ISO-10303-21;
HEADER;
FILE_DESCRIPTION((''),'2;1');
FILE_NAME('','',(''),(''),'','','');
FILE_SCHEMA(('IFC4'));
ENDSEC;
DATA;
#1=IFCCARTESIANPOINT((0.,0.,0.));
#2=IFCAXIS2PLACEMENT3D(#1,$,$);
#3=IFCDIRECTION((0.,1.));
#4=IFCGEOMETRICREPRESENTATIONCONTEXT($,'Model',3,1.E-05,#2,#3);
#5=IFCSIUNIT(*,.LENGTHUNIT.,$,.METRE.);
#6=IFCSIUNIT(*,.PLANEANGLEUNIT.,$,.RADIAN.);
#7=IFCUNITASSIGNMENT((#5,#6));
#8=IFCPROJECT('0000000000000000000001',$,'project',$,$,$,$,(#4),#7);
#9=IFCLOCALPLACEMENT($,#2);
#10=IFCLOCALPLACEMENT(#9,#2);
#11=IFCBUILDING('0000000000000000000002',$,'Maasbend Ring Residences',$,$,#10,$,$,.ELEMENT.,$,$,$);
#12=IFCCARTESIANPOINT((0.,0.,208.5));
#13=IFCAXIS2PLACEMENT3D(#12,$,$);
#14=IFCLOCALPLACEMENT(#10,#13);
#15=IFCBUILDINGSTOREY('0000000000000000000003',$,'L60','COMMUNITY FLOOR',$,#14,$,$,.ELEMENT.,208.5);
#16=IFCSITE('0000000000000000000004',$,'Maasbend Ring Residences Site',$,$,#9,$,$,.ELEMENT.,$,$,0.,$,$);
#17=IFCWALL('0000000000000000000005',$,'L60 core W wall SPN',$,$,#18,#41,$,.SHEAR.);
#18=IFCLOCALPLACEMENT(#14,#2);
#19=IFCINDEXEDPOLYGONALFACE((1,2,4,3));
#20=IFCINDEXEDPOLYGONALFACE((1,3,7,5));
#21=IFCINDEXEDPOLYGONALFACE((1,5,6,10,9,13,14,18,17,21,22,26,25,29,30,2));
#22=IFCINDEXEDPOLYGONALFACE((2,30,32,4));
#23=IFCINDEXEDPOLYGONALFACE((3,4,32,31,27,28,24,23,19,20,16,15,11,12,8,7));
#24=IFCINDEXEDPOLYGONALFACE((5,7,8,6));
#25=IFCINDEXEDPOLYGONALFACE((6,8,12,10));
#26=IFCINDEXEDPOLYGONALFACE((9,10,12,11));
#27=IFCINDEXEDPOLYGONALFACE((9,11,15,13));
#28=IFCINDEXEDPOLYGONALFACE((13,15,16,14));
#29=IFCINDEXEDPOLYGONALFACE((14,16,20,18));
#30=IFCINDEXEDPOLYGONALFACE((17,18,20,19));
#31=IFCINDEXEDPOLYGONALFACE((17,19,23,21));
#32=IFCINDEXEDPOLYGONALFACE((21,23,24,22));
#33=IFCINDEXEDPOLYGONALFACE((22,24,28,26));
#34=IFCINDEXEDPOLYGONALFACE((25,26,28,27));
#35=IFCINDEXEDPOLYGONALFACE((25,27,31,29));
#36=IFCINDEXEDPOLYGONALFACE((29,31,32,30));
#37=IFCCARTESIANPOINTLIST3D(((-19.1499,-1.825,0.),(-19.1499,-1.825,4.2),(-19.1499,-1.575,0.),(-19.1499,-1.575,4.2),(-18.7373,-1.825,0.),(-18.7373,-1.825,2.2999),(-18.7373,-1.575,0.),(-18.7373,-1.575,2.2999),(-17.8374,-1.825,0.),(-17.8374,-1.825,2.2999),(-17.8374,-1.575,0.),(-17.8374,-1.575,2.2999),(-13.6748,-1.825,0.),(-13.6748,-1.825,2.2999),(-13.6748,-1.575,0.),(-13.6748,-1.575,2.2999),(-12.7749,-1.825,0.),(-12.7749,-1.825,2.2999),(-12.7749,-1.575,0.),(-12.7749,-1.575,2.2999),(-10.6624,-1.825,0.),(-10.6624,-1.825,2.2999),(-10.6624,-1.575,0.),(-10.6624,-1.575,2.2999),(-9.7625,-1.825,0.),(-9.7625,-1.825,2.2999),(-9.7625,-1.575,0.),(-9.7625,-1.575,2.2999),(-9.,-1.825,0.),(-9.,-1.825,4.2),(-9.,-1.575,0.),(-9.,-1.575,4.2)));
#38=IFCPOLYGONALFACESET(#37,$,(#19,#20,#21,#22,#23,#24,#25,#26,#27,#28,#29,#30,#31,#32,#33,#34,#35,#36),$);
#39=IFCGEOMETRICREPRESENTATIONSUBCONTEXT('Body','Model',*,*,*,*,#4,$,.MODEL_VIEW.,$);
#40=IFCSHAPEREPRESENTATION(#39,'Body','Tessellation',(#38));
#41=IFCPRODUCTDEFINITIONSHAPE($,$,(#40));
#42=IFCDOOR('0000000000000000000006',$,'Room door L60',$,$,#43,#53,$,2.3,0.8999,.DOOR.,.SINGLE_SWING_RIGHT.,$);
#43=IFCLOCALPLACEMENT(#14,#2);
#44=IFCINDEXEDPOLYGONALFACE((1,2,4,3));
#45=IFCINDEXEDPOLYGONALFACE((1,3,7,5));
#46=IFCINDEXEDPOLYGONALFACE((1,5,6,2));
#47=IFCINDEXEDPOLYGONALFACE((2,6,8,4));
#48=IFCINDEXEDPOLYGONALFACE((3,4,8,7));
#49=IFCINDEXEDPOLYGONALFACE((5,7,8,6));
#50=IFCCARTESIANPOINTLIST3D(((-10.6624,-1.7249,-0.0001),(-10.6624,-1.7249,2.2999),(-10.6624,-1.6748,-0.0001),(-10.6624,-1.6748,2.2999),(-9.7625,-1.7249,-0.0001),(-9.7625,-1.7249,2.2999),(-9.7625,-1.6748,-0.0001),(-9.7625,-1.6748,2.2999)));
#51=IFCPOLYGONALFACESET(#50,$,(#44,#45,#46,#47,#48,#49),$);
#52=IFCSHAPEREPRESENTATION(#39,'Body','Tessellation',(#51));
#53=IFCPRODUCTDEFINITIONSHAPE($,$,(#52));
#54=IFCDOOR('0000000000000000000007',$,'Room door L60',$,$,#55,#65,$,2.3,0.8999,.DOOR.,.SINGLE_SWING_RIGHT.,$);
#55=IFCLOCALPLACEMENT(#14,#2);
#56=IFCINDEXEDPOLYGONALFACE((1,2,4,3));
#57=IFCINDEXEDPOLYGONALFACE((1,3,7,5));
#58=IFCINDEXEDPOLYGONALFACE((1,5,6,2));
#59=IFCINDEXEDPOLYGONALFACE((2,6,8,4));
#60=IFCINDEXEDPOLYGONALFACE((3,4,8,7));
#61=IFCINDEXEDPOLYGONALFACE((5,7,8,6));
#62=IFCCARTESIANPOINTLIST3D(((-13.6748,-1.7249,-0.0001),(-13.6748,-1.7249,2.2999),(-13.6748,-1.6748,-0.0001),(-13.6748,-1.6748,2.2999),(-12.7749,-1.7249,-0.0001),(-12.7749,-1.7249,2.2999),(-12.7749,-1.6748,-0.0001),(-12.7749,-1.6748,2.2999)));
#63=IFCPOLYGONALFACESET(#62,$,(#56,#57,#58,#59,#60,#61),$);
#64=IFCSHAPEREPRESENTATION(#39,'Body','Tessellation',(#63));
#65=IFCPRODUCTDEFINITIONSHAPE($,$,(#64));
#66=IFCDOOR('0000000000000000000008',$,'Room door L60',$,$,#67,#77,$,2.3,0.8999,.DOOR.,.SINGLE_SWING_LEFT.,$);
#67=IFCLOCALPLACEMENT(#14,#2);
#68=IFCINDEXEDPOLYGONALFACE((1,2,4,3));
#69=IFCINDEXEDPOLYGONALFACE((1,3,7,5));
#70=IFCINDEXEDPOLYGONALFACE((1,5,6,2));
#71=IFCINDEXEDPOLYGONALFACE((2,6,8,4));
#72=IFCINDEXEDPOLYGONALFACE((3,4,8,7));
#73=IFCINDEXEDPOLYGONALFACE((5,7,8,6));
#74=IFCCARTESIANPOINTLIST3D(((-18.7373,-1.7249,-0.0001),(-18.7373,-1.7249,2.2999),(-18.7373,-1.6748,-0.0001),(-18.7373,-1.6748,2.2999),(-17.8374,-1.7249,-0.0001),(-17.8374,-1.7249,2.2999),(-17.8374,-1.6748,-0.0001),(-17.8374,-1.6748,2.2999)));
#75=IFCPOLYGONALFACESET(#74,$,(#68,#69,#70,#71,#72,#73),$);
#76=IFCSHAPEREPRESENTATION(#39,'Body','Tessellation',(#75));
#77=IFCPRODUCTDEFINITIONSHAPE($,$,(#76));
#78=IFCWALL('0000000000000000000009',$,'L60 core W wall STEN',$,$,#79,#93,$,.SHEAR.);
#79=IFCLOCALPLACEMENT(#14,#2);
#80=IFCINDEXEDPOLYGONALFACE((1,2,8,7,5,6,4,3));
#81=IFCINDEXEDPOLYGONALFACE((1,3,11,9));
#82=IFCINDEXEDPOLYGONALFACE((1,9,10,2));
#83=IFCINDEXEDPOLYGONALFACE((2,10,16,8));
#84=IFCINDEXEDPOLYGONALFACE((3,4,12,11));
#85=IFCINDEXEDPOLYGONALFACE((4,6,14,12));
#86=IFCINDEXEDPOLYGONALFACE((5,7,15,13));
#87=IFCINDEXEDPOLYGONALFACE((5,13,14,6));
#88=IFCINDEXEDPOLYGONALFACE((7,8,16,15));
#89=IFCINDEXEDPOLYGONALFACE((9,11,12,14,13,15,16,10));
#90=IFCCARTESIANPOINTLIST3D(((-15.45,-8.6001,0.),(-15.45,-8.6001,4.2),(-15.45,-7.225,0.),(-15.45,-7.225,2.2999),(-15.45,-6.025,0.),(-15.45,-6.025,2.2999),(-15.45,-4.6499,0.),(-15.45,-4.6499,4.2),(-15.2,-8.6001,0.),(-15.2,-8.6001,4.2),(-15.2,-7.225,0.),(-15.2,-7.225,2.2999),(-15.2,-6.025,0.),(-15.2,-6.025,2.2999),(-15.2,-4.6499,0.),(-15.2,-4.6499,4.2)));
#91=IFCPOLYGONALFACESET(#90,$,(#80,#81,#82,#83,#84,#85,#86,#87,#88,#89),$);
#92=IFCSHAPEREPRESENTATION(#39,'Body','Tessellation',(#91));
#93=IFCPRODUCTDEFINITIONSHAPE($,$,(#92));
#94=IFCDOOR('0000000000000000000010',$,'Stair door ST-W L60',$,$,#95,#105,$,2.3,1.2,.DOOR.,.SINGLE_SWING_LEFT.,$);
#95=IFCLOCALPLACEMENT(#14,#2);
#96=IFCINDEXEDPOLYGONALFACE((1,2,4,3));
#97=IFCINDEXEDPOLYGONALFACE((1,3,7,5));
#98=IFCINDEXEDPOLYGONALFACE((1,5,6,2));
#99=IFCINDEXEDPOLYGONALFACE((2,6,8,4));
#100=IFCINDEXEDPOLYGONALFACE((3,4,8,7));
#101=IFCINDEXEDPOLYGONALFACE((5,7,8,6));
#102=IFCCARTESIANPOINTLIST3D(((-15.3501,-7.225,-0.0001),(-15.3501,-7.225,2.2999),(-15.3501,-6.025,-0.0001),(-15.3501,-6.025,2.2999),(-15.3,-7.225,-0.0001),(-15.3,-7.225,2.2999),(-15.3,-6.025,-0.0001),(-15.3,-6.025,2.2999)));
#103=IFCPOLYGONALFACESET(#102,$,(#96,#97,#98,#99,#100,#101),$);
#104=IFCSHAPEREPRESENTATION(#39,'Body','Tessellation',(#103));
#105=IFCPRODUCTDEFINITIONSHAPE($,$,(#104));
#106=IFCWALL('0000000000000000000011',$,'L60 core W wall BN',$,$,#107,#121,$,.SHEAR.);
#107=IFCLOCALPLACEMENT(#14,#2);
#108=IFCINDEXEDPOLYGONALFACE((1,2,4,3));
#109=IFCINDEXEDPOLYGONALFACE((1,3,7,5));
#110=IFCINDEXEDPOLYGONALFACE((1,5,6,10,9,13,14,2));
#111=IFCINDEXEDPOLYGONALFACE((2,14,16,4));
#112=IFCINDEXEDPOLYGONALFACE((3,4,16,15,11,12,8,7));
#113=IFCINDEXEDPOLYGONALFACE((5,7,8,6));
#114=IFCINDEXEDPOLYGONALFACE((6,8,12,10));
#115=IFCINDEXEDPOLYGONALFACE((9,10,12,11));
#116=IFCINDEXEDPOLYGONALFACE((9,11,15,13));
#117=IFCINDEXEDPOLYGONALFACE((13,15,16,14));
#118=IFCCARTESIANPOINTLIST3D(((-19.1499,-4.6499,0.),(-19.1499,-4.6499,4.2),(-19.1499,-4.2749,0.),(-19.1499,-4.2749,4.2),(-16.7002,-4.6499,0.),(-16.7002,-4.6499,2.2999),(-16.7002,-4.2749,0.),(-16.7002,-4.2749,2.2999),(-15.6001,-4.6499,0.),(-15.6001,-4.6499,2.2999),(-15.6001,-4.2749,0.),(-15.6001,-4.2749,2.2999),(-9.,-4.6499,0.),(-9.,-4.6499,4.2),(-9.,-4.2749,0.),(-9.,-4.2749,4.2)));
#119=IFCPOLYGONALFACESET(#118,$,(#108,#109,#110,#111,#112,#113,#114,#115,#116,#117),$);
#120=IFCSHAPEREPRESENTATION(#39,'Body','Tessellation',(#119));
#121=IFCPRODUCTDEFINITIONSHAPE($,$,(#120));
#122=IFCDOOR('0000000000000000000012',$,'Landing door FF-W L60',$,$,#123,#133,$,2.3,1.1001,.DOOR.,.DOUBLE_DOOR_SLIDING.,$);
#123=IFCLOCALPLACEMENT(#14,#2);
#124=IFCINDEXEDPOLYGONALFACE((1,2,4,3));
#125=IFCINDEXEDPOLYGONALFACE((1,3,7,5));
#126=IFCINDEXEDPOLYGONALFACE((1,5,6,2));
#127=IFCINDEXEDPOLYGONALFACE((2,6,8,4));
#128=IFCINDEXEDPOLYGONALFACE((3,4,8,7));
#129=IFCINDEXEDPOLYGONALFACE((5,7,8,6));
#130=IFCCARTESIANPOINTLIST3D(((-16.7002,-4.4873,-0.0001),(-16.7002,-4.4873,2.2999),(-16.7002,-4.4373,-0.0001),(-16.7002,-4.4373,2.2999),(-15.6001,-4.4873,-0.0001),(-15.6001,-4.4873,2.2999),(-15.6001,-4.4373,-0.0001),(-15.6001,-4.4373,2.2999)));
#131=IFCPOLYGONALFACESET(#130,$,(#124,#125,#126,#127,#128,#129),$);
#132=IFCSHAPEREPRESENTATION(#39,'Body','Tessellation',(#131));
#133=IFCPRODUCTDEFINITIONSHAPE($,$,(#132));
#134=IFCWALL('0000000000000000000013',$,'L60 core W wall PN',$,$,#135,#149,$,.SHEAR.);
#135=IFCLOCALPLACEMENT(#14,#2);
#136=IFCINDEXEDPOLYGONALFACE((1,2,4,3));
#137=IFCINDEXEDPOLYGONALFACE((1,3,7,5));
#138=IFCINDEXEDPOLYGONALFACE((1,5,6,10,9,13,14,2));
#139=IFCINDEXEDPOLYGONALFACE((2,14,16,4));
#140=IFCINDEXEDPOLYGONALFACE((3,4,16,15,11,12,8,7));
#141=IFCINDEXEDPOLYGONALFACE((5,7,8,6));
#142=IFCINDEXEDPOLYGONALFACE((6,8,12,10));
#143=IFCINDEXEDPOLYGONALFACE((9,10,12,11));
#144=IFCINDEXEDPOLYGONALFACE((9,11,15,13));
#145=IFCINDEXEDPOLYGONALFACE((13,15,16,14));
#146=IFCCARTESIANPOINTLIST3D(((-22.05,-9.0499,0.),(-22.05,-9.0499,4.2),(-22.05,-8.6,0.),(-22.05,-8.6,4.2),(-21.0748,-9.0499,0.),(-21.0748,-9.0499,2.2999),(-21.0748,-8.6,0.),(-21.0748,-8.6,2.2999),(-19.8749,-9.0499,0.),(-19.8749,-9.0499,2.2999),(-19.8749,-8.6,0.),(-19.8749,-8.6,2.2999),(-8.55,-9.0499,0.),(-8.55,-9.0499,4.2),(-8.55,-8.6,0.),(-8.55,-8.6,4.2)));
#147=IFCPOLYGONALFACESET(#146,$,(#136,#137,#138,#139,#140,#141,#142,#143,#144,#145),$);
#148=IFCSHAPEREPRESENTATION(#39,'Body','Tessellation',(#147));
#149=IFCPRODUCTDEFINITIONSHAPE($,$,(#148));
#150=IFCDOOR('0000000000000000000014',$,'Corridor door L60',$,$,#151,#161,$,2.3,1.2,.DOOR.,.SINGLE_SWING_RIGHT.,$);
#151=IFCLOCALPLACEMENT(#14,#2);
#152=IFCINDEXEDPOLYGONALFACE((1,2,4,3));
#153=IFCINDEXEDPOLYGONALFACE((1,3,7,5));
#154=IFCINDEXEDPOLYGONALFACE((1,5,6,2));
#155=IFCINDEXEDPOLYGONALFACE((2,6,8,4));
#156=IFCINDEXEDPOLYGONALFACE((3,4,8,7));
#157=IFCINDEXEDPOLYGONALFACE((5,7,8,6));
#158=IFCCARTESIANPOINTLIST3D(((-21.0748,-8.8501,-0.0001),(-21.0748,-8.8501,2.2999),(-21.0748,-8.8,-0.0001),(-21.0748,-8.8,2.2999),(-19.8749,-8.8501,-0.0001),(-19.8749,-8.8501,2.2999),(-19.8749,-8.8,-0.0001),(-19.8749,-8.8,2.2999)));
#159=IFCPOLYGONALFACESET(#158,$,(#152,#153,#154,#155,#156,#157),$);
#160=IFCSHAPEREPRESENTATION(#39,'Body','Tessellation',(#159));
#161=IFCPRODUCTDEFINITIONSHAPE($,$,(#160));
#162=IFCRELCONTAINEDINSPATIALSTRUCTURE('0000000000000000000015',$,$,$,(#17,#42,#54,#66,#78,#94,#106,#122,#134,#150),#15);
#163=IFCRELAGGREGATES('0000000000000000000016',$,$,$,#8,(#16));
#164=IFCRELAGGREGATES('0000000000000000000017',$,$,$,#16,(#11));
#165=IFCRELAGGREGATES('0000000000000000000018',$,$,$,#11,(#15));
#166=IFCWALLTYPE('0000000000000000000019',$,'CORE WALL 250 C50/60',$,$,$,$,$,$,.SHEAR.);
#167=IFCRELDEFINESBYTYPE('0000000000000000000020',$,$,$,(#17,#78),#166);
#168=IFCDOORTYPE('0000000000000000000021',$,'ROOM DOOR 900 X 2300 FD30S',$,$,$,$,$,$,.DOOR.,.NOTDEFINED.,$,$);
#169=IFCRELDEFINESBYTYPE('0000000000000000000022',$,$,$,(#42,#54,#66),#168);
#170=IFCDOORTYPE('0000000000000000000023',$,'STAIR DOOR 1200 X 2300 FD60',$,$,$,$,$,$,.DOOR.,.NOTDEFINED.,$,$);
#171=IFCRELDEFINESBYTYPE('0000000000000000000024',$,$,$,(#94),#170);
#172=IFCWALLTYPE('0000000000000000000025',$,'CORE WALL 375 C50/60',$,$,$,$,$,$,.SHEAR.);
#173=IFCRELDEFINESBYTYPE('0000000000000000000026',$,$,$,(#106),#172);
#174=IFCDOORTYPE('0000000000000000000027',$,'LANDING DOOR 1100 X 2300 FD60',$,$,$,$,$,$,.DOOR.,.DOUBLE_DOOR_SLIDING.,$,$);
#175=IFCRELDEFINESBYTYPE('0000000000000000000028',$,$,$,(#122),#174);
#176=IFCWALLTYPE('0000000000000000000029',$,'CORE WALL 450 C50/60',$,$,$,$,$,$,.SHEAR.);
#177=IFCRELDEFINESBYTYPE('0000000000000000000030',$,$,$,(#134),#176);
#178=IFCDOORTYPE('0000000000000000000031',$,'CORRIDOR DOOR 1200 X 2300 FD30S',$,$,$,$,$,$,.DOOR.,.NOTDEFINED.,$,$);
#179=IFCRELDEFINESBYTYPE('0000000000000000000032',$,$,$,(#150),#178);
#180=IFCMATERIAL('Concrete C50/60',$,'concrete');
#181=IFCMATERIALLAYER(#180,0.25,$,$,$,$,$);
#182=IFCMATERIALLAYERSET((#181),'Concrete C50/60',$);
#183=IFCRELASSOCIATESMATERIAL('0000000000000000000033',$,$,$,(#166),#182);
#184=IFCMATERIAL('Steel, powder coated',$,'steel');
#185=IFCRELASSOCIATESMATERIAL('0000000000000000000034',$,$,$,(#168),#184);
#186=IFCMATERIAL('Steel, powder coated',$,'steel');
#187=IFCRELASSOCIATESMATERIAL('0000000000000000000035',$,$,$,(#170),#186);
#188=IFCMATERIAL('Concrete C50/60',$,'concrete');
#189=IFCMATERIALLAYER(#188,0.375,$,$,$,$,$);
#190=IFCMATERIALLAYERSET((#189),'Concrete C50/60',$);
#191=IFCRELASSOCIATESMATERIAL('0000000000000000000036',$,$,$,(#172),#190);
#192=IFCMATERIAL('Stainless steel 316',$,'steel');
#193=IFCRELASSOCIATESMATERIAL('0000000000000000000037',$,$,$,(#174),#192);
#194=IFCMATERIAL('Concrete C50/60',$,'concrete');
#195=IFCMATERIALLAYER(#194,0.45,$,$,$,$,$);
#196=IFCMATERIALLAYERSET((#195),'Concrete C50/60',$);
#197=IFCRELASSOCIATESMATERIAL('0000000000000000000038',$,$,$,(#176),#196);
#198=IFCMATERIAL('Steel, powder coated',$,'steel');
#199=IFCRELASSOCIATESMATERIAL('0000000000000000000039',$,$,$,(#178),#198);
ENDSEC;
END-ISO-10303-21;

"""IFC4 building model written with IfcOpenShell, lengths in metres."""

from ifc_helpers import new_model, si_unit, direction, frame, frame_2d, origin, place, context, subcontext, project, spatial, rectangle, extrude, material, layer, layer_set, type_object, element, fill, save


model = new_model("IFC4")

# Units and contexts
model_context = context("Model", 3, precision=1e-05, world=origin(), true_north=direction((0.0, 1.0)))
body_context = subcontext(model_context, "Body", "Model", "MODEL_VIEW")
ifc_project = project(units=[si_unit("LENGTHUNIT", "METRE"), si_unit("PLANEANGLEUNIT", "RADIAN")], contexts=[model_context])

# Site, building, storey
site_placement = place(None, origin())
site = spatial("IfcSite", under=ifc_project, at=site_placement, Name="Maasbend Ring Residences Site", CompositionType="ELEMENT", RefElevation=0.0)
building_placement = place(site_placement, origin())
building = spatial("IfcBuilding", under=site, at=building_placement, Name="Maasbend Ring Residences", CompositionType="ELEMENT")
storey_placement = place(building_placement, frame((0.0, 0.0, 208.5)))
storey = spatial("IfcBuildingStorey", under=building, at=storey_placement, Name="L60", Description="COMMUNITY FLOOR", CompositionType="ELEMENT", Elevation=208.5)

# Wall, openings, doors
ifc_material_1 = material(Name="Concrete C50/60", Category="concrete")
ifc_layer_1 = layer(ifc_material_1, 0.25)
ifc_layer_set_1 = layer_set([ifc_layer_1], Name="Concrete C50/60")
wall_type_1 = type_object("IfcWallType", Name="CORE WALL 250 C50/60", PredefinedType="SHEAR", material=ifc_layer_set_1)
wall_1_placement = place(storey_placement, frame((-9.0, -1.7, 0.0), z_axis=(0.0, 0.0, 1.0), x_axis=(-1.0, 0.0, 0.0)))
wall_1 = element("IfcWall", 1, at=wall_1_placement, inside=storey, type_object=wall_type_1, Name="L60 core W wall SPN", PredefinedType="SHEAR", context=body_context, shape_type="SweptSolid", body=[
    extrude(rectangle(XDim=10.1499, YDim=0.25, at=frame_2d((5.075, 0.0))), origin(), (0.0, 0.0, 1.0), 4.2),
])
opening_1_placement = place(wall_1_placement, frame((0.7625, 0.0, 0.0)))
opening_1 = element("IfcOpeningElement", 2, at=opening_1_placement, cuts=wall_1, PredefinedType="OPENING", context=body_context, shape_type="SweptSolid", body=[
    extrude(rectangle(XDim=0.8999, YDim=2.3, at=frame_2d((0.45, 1.1499))), frame((0.0, 0.135, 0.0), z_axis=(0.0, -1.0, 0.0), x_axis=(1.0, 0.0, 0.0)), (0.0, 0.0, 1.0), 0.27),
])
opening_2_placement = place(wall_1_placement, frame((3.7749, 0.0, 0.0)))
opening_2 = element("IfcOpeningElement", 3, at=opening_2_placement, cuts=wall_1, PredefinedType="OPENING", context=body_context, shape_type="SweptSolid", body=[
    extrude(rectangle(XDim=0.8999, YDim=2.3, at=frame_2d((0.45, 1.1499))), frame((0.0, 0.135, 0.0), z_axis=(0.0, -1.0, 0.0), x_axis=(1.0, 0.0, 0.0)), (0.0, 0.0, 1.0), 0.27),
])
opening_3_placement = place(wall_1_placement, frame((8.8374, 0.0, 0.0)))
opening_3 = element("IfcOpeningElement", 4, at=opening_3_placement, cuts=wall_1, PredefinedType="OPENING", context=body_context, shape_type="SweptSolid", body=[
    extrude(rectangle(XDim=0.8999, YDim=2.3, at=frame_2d((0.45, 1.1499))), frame((0.0, 0.135, 0.0), z_axis=(0.0, -1.0, 0.0), x_axis=(1.0, 0.0, 0.0)), (0.0, 0.0, 1.0), 0.27),
])
ifc_material_2 = material(Name="Steel, powder coated", Category="steel")
door_type_1 = type_object("IfcDoorType", Name="ROOM DOOR 900 X 2300 FD30S", OperationType="NOTDEFINED", PredefinedType="DOOR", material=ifc_material_2)
door_1_placement = place(opening_1_placement, origin())
door_1 = element("IfcDoor", 5, at=door_1_placement, inside=storey, type_object=door_type_1, Name="Room door L60", OperationType="SINGLE_SWING_RIGHT", OverallHeight=2.3, OverallWidth=0.8999, PredefinedType="DOOR", context=body_context, shape_type="SweptSolid", body=[
    extrude(rectangle(XDim=0.8999, YDim=2.3, at=frame_2d((0.45, 1.1499))), frame((0.0, 0.0249, 0.0), z_axis=(0.0, -1.0, 0.0), x_axis=(1.0, 0.0, 0.0)), (0.0, 0.0, 1.0), 0.05),
])
fill(opening_1, door_1)
door_2_placement = place(opening_2_placement, origin())
door_2 = element("IfcDoor", 6, at=door_2_placement, inside=storey, type_object=door_type_1, Name="Room door L60", OperationType="SINGLE_SWING_RIGHT", OverallHeight=2.3, OverallWidth=0.8999, PredefinedType="DOOR", context=body_context, shape_type="SweptSolid", body=[
    extrude(rectangle(XDim=0.8999, YDim=2.3, at=frame_2d((0.45, 1.1499))), frame((0.0, 0.0249, 0.0), z_axis=(0.0, -1.0, 0.0), x_axis=(1.0, 0.0, 0.0)), (0.0, 0.0, 1.0), 0.05),
])
fill(opening_2, door_2)
door_3_placement = place(opening_3_placement, origin())
door_3 = element("IfcDoor", 7, at=door_3_placement, inside=storey, type_object=door_type_1, Name="Room door L60", OperationType="SINGLE_SWING_LEFT", OverallHeight=2.3, OverallWidth=0.8999, PredefinedType="DOOR", context=body_context, shape_type="SweptSolid", body=[
    extrude(rectangle(XDim=0.8999, YDim=2.3, at=frame_2d((0.45, 1.1499))), frame((0.0, 0.0249, 0.0), z_axis=(0.0, -1.0, 0.0), x_axis=(1.0, 0.0, 0.0)), (0.0, 0.0, 1.0), 0.05),
])
fill(opening_3, door_3)

# Walls, openings, doors
wall_2_placement = place(storey_placement, frame((-15.325, -4.6499, 0.0), z_axis=(0.0, 0.0, 1.0), x_axis=(0.0, -1.0, 0.0)))
wall_2 = element("IfcWall", 8, at=wall_2_placement, inside=storey, type_object=wall_type_1, Name="L60 core W wall STEN", PredefinedType="SHEAR", context=body_context, shape_type="SweptSolid", body=[
    extrude(rectangle(XDim=3.9502, YDim=0.25, at=frame_2d((1.9751, 0.0))), origin(), (0.0, 0.0, 1.0), 4.2),
])
opening_4_placement = place(wall_2_placement, frame((1.375, 0.0, 0.0)))
opening_4 = element("IfcOpeningElement", 9, at=opening_4_placement, cuts=wall_2, PredefinedType="OPENING", context=body_context, shape_type="SweptSolid", body=[
    extrude(rectangle(XDim=1.2, YDim=2.3, at=frame_2d((0.6001, 1.1499))), frame((0.0, 0.135, 0.0), z_axis=(0.0, -1.0, 0.0), x_axis=(1.0, 0.0, 0.0)), (0.0, 0.0, 1.0), 0.27),
])
ifc_material_3 = material(Name="Steel, powder coated", Category="steel")
door_type_2 = type_object("IfcDoorType", Name="STAIR DOOR 1200 X 2300 FD60", OperationType="NOTDEFINED", PredefinedType="DOOR", material=ifc_material_3)
door_4_placement = place(opening_4_placement, origin())
door_4 = element("IfcDoor", 10, at=door_4_placement, inside=storey, type_object=door_type_2, Name="Stair door ST-W L60", OperationType="SINGLE_SWING_LEFT", OverallHeight=2.3, OverallWidth=1.2, PredefinedType="DOOR", context=body_context, shape_type="SweptSolid", body=[
    extrude(rectangle(XDim=1.2, YDim=2.3, at=frame_2d((0.6001, 1.1499))), frame((0.0, 0.0249, 0.0), z_axis=(0.0, -1.0, 0.0), x_axis=(1.0, 0.0, 0.0)), (0.0, 0.0, 1.0), 0.05),
])
fill(opening_4, door_4)
ifc_material_4 = material(Name="Concrete C50/60", Category="concrete")
ifc_layer_2 = layer(ifc_material_4, 0.375)
ifc_layer_set_2 = layer_set([ifc_layer_2], Name="Concrete C50/60")
wall_type_2 = type_object("IfcWallType", Name="CORE WALL 375 C50/60", PredefinedType="SHEAR", material=ifc_layer_set_2)
wall_3_placement = place(storey_placement, frame((-9.0, -4.4624, 0.0), z_axis=(0.0, 0.0, 1.0), x_axis=(-1.0, 0.0, 0.0)))
wall_3 = element("IfcWall", 11, at=wall_3_placement, inside=storey, type_object=wall_type_2, Name="L60 core W wall BN", PredefinedType="SHEAR", context=body_context, shape_type="SweptSolid", body=[
    extrude(rectangle(XDim=10.1499, YDim=0.375, at=frame_2d((5.075, 0.0))), origin(), (0.0, 0.0, 1.0), 4.2),
])
opening_5_placement = place(wall_3_placement, frame((6.6001, 0.0, 0.0)))
opening_5 = element("IfcOpeningElement", 12, at=opening_5_placement, cuts=wall_3, PredefinedType="OPENING", context=body_context, shape_type="SweptSolid", body=[
    extrude(rectangle(XDim=1.1001, YDim=2.3, at=frame_2d((0.55, 1.1499))), frame((0.0, 0.1975, 0.0), z_axis=(0.0, -1.0, 0.0), x_axis=(1.0, 0.0, 0.0)), (0.0, 0.0, 1.0), 0.395),
])
ifc_material_5 = material(Name="Stainless steel 316", Category="steel")
door_type_3 = type_object("IfcDoorType", Name="LANDING DOOR 1100 X 2300 FD60", OperationType="DOUBLE_DOOR_SLIDING", PredefinedType="DOOR", material=ifc_material_5)
door_5_placement = place(opening_5_placement, origin())
door_5 = element("IfcDoor", 13, at=door_5_placement, inside=storey, type_object=door_type_3, Name="Landing door FF-W L60", OperationType="DOUBLE_DOOR_SLIDING", OverallHeight=2.3, OverallWidth=1.1001, PredefinedType="DOOR", context=body_context, shape_type="SweptSolid", body=[
    extrude(rectangle(XDim=1.1001, YDim=2.3, at=frame_2d((0.55, 1.1499))), frame((0.0, 0.0249, 0.0), z_axis=(0.0, -1.0, 0.0), x_axis=(1.0, 0.0, 0.0)), (0.0, 0.0, 1.0), 0.05),
])
fill(opening_5, door_5)
ifc_material_6 = material(Name="Concrete C50/60", Category="concrete")
ifc_layer_3 = layer(ifc_material_6, 0.45)
ifc_layer_set_3 = layer_set([ifc_layer_3], Name="Concrete C50/60")
wall_type_3 = type_object("IfcWallType", Name="CORE WALL 450 C50/60", PredefinedType="SHEAR", material=ifc_layer_set_3)
wall_4_placement = place(storey_placement, frame((-22.05, -8.825, 0.0), z_axis=(0.0, 0.0, 1.0), x_axis=(1.0, 0.0, 0.0)))
wall_4 = element("IfcWall", 14, at=wall_4_placement, inside=storey, type_object=wall_type_3, Name="L60 core W wall PN", PredefinedType="SHEAR", context=body_context, shape_type="SweptSolid", body=[
    extrude(rectangle(XDim=13.5, YDim=0.45, at=frame_2d((6.75, 0.0))), origin(), (0.0, 0.0, 1.0), 4.2),
])
opening_6_placement = place(wall_4_placement, frame((0.9751, 0.0, 0.0)))
opening_6 = element("IfcOpeningElement", 15, at=opening_6_placement, cuts=wall_4, PredefinedType="OPENING", context=body_context, shape_type="SweptSolid", body=[
    extrude(rectangle(XDim=1.2, YDim=2.3, at=frame_2d((0.6001, 1.1499))), frame((0.0, 0.2349, 0.0), z_axis=(0.0, -1.0, 0.0), x_axis=(1.0, 0.0, 0.0)), (0.0, 0.0, 1.0), 0.47),
])
ifc_material_7 = material(Name="Steel, powder coated", Category="steel")
door_type_4 = type_object("IfcDoorType", Name="CORRIDOR DOOR 1200 X 2300 FD30S", OperationType="NOTDEFINED", PredefinedType="DOOR", material=ifc_material_7)
door_6_placement = place(opening_6_placement, origin())
door_6 = element("IfcDoor", 16, at=door_6_placement, inside=storey, type_object=door_type_4, Name="Corridor door L60", OperationType="SINGLE_SWING_RIGHT", OverallHeight=2.3, OverallWidth=1.2, PredefinedType="DOOR", context=body_context, shape_type="SweptSolid", body=[
    extrude(rectangle(XDim=1.2, YDim=2.3, at=frame_2d((0.6001, 1.1499))), frame((0.0, 0.0249, 0.0), z_axis=(0.0, -1.0, 0.0), x_axis=(1.0, 0.0, 0.0)), (0.0, 0.0, 1.0), 0.05),
])
fill(opening_6, door_6)

save(model, "model.ifc")
